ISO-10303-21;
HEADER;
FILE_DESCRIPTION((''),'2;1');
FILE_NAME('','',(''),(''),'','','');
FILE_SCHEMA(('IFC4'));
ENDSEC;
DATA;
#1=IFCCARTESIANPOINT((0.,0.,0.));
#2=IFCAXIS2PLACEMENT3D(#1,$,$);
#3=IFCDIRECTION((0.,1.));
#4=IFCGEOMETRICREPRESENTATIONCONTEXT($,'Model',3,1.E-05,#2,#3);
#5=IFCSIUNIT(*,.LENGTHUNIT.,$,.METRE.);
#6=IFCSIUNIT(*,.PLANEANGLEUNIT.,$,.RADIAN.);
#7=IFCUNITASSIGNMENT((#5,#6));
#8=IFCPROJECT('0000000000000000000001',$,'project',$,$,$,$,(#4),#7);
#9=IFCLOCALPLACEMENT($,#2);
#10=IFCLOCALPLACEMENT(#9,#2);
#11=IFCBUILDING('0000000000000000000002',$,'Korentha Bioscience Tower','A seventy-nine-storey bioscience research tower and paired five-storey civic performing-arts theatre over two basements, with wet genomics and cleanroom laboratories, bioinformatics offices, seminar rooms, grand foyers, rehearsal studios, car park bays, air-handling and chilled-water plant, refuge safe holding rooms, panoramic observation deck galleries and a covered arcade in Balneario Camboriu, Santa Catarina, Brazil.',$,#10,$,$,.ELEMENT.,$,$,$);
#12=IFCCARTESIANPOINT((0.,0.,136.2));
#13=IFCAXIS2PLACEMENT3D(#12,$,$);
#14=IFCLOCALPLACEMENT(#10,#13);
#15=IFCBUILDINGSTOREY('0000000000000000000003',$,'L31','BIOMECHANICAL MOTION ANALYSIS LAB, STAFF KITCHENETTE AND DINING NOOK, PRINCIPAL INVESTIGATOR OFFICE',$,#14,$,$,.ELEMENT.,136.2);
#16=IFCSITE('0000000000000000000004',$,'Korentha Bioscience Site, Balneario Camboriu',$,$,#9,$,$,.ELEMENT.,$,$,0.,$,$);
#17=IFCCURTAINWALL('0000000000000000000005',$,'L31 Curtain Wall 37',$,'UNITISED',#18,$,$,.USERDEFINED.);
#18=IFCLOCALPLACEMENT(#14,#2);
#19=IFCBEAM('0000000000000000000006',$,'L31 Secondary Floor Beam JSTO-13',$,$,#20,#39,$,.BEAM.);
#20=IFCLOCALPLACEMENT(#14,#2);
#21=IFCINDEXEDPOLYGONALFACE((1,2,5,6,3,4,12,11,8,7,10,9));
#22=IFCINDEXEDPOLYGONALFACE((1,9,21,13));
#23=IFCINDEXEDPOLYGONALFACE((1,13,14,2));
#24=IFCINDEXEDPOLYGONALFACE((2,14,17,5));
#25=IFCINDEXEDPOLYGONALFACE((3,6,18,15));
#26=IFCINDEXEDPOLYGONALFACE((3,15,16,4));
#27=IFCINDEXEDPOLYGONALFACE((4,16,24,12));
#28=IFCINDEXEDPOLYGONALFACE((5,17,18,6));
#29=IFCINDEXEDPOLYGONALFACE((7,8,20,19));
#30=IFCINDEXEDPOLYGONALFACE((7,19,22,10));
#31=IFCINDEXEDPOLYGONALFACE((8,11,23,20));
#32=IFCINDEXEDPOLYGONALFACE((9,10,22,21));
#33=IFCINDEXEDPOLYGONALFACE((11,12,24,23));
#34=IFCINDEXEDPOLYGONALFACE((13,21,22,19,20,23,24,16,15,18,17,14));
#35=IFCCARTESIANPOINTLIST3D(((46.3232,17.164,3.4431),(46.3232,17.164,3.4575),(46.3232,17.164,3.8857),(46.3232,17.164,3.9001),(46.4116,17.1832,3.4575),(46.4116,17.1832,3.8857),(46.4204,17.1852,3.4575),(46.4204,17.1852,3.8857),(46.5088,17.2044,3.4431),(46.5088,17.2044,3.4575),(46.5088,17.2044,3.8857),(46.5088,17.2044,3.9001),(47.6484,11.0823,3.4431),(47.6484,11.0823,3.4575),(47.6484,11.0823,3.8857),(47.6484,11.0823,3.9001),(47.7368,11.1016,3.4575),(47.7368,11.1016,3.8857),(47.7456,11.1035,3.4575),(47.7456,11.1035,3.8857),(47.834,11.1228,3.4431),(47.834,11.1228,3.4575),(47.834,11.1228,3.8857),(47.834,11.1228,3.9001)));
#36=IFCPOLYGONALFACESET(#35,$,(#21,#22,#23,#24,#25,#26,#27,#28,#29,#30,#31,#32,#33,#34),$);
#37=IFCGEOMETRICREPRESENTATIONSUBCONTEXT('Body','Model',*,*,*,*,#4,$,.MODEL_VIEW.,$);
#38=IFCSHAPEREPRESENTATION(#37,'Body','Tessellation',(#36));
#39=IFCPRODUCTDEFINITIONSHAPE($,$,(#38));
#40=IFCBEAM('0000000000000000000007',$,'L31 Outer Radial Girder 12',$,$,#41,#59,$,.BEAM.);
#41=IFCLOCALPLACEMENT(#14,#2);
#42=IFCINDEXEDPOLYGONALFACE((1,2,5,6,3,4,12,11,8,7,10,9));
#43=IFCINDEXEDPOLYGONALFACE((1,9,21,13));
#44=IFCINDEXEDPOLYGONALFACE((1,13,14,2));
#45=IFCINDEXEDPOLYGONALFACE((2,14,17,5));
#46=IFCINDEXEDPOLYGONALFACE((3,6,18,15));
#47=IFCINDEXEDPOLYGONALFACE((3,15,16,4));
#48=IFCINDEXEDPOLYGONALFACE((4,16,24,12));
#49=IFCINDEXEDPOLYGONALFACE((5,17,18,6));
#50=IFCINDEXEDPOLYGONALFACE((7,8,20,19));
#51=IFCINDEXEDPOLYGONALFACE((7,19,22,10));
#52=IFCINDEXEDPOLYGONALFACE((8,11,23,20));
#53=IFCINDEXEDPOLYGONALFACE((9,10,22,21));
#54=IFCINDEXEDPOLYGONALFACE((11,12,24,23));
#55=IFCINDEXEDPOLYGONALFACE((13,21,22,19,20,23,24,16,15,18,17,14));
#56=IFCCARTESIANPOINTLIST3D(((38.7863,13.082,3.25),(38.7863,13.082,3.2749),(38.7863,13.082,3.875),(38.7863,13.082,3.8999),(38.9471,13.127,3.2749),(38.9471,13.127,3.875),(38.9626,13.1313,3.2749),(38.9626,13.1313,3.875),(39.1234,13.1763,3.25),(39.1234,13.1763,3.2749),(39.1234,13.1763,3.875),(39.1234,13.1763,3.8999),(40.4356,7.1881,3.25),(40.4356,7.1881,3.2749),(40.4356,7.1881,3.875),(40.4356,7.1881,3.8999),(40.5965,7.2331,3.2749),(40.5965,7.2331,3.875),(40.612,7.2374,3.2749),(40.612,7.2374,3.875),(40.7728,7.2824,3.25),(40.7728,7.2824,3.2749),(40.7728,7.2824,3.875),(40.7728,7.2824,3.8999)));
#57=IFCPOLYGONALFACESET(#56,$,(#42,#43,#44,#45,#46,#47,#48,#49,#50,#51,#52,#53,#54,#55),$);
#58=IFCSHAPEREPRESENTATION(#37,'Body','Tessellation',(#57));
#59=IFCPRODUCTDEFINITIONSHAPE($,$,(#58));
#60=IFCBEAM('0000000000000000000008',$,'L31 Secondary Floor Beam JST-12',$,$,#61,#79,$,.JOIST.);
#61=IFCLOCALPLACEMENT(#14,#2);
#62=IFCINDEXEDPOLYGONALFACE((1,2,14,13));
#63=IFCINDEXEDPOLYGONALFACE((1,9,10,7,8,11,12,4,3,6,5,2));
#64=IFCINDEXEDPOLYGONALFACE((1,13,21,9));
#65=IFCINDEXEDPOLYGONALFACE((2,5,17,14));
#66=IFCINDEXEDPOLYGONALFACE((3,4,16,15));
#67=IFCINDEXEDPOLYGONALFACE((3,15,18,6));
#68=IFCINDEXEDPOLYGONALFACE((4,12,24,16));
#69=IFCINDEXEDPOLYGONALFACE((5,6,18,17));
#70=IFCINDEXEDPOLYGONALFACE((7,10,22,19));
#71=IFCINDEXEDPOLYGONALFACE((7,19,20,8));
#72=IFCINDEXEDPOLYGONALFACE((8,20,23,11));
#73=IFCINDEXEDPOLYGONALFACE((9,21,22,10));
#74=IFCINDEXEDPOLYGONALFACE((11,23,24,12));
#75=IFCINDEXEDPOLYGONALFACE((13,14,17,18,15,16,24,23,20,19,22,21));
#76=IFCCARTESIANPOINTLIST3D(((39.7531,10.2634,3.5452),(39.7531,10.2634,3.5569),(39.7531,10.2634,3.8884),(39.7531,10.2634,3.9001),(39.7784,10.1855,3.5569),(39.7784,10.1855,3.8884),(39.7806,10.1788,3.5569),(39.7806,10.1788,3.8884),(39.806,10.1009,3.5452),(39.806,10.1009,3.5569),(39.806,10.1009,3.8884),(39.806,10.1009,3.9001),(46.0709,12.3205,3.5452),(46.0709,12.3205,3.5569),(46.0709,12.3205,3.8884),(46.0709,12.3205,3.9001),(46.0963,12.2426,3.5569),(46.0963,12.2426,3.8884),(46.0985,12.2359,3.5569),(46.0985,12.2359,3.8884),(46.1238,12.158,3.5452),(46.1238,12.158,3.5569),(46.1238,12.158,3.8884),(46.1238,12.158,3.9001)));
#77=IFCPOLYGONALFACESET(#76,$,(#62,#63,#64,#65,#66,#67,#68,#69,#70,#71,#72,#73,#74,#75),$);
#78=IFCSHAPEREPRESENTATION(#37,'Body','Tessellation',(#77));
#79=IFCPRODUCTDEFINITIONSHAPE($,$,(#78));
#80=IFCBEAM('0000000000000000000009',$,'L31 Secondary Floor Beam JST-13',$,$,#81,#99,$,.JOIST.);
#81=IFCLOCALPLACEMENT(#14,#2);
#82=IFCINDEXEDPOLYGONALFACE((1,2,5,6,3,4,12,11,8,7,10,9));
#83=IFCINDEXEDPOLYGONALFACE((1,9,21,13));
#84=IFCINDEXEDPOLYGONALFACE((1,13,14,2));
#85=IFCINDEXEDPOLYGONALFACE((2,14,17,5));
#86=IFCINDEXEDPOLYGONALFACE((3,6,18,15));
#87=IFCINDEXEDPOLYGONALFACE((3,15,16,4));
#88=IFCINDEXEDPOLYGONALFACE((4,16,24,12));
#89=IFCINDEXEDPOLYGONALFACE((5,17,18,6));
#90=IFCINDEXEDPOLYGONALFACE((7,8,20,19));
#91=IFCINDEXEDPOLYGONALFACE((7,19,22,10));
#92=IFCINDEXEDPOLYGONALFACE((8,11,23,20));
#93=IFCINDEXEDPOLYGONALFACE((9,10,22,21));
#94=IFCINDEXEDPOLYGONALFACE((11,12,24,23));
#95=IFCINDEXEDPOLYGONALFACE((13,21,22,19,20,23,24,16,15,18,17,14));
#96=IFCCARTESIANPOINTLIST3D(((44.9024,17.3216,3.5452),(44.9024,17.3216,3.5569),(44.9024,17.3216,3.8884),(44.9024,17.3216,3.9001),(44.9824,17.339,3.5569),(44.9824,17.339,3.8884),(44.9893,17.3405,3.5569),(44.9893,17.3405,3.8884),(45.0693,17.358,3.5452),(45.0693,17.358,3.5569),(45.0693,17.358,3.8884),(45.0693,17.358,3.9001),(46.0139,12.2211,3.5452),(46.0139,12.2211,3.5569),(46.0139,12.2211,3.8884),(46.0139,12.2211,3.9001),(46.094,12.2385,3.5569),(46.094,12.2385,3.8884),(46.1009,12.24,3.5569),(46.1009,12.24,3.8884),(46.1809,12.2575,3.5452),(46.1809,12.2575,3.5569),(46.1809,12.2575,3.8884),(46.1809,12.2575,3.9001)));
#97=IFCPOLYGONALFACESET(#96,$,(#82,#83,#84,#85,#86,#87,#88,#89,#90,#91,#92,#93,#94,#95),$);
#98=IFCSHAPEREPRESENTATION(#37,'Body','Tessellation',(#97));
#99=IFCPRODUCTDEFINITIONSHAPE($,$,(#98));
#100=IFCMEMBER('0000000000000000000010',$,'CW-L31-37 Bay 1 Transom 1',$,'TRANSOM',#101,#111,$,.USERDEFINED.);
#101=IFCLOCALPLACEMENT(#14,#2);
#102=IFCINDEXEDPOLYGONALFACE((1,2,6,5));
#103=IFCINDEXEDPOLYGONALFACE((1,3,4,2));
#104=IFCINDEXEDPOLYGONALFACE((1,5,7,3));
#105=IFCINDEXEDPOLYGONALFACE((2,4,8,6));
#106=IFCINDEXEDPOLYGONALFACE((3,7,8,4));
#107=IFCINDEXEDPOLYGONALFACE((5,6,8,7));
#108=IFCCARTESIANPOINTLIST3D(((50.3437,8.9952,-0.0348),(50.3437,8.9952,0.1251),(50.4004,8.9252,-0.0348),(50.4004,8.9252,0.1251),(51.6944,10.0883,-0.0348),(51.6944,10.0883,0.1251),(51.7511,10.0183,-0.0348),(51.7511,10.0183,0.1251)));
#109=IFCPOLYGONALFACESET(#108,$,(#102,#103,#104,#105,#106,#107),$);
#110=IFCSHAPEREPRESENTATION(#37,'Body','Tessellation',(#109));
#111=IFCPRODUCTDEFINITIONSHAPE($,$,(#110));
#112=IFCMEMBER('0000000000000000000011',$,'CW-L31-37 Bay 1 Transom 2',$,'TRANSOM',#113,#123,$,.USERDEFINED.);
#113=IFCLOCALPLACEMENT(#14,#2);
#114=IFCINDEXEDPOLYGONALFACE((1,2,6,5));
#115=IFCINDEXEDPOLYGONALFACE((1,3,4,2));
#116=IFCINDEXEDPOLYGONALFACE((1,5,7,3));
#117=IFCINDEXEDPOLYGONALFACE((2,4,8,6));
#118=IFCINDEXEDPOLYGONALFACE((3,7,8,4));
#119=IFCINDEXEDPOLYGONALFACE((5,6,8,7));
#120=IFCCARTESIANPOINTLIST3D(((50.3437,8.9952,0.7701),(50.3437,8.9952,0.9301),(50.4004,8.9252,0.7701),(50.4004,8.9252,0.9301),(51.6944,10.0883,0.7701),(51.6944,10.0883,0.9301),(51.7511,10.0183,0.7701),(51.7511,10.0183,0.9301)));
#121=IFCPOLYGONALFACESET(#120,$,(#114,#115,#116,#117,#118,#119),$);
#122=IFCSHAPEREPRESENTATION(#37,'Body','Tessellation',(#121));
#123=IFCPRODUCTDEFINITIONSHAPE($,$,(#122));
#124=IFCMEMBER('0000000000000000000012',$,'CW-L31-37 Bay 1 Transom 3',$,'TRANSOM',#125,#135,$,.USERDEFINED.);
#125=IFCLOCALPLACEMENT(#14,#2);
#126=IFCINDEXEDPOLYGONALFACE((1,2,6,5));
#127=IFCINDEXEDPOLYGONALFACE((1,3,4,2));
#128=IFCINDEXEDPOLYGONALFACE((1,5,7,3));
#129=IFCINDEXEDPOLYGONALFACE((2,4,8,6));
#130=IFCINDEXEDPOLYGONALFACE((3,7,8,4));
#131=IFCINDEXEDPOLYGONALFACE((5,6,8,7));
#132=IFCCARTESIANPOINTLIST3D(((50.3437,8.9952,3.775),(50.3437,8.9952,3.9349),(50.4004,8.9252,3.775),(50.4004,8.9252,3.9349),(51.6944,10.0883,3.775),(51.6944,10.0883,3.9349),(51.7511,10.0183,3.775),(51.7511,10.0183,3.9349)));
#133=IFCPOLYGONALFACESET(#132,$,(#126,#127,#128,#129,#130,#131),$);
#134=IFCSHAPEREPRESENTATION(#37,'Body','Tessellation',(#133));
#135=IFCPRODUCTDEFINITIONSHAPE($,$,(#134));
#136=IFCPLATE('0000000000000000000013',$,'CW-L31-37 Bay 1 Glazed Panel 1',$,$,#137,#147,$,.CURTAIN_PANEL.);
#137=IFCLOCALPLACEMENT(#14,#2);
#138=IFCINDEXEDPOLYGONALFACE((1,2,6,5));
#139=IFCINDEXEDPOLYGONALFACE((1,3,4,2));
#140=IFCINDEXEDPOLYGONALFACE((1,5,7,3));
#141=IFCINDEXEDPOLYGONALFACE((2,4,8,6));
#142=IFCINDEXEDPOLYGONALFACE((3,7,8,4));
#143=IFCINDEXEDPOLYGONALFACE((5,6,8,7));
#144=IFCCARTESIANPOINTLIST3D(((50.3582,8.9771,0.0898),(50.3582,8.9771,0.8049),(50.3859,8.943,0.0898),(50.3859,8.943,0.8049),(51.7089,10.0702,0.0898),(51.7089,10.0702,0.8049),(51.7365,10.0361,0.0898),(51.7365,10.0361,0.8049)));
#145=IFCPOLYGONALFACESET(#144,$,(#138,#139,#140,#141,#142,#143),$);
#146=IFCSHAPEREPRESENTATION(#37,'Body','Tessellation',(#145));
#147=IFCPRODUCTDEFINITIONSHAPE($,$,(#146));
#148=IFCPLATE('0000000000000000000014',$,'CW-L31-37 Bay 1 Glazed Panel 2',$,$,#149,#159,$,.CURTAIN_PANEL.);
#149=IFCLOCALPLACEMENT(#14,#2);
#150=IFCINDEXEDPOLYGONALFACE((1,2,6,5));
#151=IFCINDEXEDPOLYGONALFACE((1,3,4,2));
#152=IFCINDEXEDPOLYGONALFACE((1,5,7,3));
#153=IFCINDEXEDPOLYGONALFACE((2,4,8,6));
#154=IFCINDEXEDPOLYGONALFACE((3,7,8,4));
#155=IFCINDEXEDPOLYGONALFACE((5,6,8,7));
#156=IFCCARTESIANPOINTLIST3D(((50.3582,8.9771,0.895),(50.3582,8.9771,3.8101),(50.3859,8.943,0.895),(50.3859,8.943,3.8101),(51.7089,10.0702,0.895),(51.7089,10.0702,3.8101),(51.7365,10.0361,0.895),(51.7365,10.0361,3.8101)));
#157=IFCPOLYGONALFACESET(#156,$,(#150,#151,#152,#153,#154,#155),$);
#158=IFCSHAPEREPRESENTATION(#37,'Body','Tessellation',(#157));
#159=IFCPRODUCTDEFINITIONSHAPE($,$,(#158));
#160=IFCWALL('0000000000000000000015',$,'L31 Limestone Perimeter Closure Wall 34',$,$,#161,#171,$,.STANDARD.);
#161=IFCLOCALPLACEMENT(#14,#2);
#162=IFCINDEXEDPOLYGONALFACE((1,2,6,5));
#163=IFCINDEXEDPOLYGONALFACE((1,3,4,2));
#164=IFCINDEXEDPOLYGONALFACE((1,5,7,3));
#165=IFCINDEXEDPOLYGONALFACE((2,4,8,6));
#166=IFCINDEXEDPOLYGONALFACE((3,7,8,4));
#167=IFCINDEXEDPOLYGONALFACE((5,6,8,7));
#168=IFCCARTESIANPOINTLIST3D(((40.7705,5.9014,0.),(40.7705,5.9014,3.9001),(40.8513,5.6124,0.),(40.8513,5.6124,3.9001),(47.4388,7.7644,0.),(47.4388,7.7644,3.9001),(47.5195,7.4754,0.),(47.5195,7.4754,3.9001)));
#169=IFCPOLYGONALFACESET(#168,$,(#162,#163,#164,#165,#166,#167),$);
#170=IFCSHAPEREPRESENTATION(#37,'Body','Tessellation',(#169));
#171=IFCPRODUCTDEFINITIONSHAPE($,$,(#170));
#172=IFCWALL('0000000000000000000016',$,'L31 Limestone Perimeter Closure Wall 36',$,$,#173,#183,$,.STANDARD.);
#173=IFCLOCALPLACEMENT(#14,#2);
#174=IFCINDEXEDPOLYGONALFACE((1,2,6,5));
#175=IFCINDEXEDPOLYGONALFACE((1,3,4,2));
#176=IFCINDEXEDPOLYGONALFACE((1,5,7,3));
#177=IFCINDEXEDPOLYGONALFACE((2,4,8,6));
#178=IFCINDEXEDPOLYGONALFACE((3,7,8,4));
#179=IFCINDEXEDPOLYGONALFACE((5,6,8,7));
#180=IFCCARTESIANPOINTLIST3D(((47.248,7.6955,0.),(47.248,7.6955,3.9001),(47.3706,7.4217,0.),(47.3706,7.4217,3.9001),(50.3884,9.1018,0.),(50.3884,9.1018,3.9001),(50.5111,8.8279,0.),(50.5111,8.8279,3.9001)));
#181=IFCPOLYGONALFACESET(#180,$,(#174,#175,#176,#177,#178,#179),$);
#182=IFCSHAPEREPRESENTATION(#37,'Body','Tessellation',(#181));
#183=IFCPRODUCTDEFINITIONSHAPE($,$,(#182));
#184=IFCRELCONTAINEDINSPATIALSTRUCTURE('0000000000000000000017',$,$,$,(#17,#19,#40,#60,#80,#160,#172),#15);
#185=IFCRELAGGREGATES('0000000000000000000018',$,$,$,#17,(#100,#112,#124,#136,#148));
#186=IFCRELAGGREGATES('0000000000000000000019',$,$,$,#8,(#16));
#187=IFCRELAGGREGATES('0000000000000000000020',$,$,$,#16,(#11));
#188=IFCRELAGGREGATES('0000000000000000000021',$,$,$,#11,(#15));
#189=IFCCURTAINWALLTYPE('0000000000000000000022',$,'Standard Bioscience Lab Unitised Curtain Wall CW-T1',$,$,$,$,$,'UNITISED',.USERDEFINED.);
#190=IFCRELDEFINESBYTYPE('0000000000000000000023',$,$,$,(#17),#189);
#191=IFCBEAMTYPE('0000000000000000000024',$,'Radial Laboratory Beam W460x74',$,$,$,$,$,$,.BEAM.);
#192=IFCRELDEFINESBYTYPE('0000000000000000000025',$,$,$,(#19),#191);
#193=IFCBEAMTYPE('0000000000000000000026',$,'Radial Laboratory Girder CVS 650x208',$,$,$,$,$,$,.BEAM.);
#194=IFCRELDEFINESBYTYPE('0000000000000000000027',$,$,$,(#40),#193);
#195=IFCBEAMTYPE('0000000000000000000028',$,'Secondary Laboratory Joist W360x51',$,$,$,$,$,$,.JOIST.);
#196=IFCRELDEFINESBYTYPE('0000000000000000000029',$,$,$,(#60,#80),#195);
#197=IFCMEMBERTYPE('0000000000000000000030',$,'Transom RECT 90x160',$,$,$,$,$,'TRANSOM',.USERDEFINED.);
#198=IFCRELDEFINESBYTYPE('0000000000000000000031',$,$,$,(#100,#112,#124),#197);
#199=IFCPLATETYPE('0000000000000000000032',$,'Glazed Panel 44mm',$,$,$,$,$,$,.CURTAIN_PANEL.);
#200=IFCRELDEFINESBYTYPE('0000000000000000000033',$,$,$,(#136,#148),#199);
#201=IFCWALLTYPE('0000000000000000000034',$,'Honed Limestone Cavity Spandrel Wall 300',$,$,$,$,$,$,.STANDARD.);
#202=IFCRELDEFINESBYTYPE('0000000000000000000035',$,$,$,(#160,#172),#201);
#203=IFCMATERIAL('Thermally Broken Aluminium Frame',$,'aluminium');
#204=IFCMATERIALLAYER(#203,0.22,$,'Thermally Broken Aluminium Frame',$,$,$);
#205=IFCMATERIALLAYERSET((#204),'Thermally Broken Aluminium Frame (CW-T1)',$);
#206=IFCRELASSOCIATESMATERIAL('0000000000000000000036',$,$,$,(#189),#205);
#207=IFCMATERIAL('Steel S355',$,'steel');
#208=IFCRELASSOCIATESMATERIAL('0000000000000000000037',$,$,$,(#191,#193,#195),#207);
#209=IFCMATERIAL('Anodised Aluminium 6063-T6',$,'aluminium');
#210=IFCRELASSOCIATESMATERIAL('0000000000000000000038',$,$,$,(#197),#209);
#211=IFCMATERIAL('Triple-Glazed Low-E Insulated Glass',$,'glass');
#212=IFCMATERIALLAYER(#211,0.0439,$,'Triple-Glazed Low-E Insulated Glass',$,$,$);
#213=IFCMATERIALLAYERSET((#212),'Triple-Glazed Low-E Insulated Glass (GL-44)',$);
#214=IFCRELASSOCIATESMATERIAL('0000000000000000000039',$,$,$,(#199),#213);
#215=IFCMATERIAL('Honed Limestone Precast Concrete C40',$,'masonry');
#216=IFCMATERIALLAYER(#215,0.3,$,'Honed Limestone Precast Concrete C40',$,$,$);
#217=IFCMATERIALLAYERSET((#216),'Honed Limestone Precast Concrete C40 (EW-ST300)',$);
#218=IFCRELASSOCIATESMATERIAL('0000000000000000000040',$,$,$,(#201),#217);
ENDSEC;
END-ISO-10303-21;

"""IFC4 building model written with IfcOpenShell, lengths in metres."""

from ifc_helpers import new_model, si_unit, direction, frame, frame_2d, origin, origin_2d, place, context, subcontext, project, spatial, rectangle, i_section, extrude, material, layer, layer_set, material_profile, profile_set, type_object, element, aggregate, save


model = new_model("IFC4")

# Units and contexts
model_context = context("Model", 3, precision=1e-05, world=origin(), true_north=direction((0.0, 1.0)))
body_context = subcontext(model_context, "Body", "Model", "MODEL_VIEW")
ifc_project = project(units=[si_unit("LENGTHUNIT", "METRE"), si_unit("PLANEANGLEUNIT", "RADIAN")], contexts=[model_context])

# Site, building, storey
site_placement = place(None, origin())
site = spatial("IfcSite", under=ifc_project, at=site_placement, Name="Korentha Bioscience Site, Balneario Camboriu", CompositionType="ELEMENT", RefElevation=0.0)
building_placement = place(site_placement, origin())
building = spatial("IfcBuilding", under=site, at=building_placement, Name="Korentha Bioscience Tower", Description="A seventy-nine-storey bioscience research tower and paired five-storey civic performing-arts theatre over two basements, with wet genomics and cleanroom laboratories, bioinformatics offices, seminar rooms, grand foyers, rehearsal studios, car park bays, air-handling and chilled-water plant, refuge safe holding rooms, panoramic observation deck galleries and a covered arcade in Balneario Camboriu, Santa Catarina, Brazil.", CompositionType="ELEMENT")
storey_placement = place(building_placement, frame((0.0, 0.0, 136.2)))
storey = spatial("IfcBuildingStorey", under=building, at=storey_placement, Name="L31", Description="BIOMECHANICAL MOTION ANALYSIS LAB, STAFF KITCHENETTE AND DINING NOOK, PRINCIPAL INVESTIGATOR OFFICE", CompositionType="ELEMENT", Elevation=136.2)

# Shared definitions
ifc_material_1 = material(Name="Steel S355", Category="steel")

# Curtain wall
ifc_material_2 = material(Name="Thermally Broken Aluminium Frame", Category="aluminium")
ifc_layer_1 = layer(ifc_material_2, 0.22, Name="Thermally Broken Aluminium Frame")
ifc_layer_set_1 = layer_set([ifc_layer_1], Name="Thermally Broken Aluminium Frame (CW-T1)")
curtain_wall_type = type_object("IfcCurtainWallType", Name="Standard Bioscience Lab Unitised Curtain Wall CW-T1", ElementType="UNITISED", PredefinedType="USERDEFINED", material=ifc_layer_set_1)
curtain_wall_placement = place(storey_placement, origin())
curtain_wall = element("IfcCurtainWall", 1, at=curtain_wall_placement, inside=storey, type_object=curtain_wall_type, Name="L31 Curtain Wall 37", ObjectType="UNITISED", PredefinedType="USERDEFINED")
ifc_material_3 = material(Name="Anodised Aluminium 6063-T6", Category="aluminium")

# Beams
ifc_material_profile_1 = material_profile(ifc_material_1, i_section(OverallWidth=0.1899, OverallDepth=0.457, WebThickness=0.009, FlangeThickness=0.0144, at=origin_2d()), Name="Steel S355")
ifc_profile_set_1 = profile_set([ifc_material_profile_1], Name="Steel S355 (RB-460)")
beam_type_1 = type_object("IfcBeamType", Name="Radial Laboratory Beam W460x74", PredefinedType="BEAM", material=ifc_profile_set_1)
beam_1_placement = place(storey_placement, frame((47.7412, 11.1025, 3.6716), z_axis=(-0.212908, 0.977072, 0.0), x_axis=(-0.977072, -0.212908, 0.0)))
element("IfcBeam", 2, at=beam_1_placement, inside=storey, type_object=beam_type_1, Name="L31 Secondary Floor Beam JSTO-13", PredefinedType="BEAM", context=body_context, shape_type="SweptSolid", body=[
    extrude(i_section(OverallWidth=0.1899, OverallDepth=0.457, WebThickness=0.009, FlangeThickness=0.0144, at=origin_2d()), origin(), (0.0, 0.0, 1.0), 6.2244),
])
ifc_material_profile_2 = material_profile(ifc_material_1, i_section(OverallWidth=0.3501, OverallDepth=0.6499, WebThickness=0.0161, FlangeThickness=0.0249, at=origin_2d()), Name="Steel S355")
ifc_profile_set_2 = profile_set([ifc_material_profile_2], Name="Steel S355 (RB-650)")
beam_type_2 = type_object("IfcBeamType", Name="Radial Laboratory Girder CVS 650x208", PredefinedType="BEAM", material=ifc_profile_set_2)
beam_2_placement = place(storey_placement, frame((38.9548, 13.1292, 3.575), z_axis=(0.269491, -0.963003, 0.0), x_axis=(0.963003, 0.269491, 0.0)))
element("IfcBeam", 3, at=beam_2_placement, inside=storey, type_object=beam_type_2, Name="L31 Outer Radial Girder 12", PredefinedType="BEAM", context=body_context, shape_type="SweptSolid", body=[
    extrude(i_section(OverallWidth=0.3501, OverallDepth=0.6499, WebThickness=0.0161, FlangeThickness=0.0249, at=origin_2d()), origin(), (0.0, 0.0, 1.0), 6.1204),
])
ifc_material_profile_3 = material_profile(ifc_material_1, i_section(OverallWidth=0.1709, OverallDepth=0.355, WebThickness=0.0071, FlangeThickness=0.0117, at=origin_2d()), Name="Steel S355")
ifc_profile_set_3 = profile_set([ifc_material_profile_3], Name="Steel S355 (JB-360)")
beam_type_3 = type_object("IfcBeamType", Name="Secondary Laboratory Joist W360x51", PredefinedType="JOIST", material=ifc_profile_set_3)
beam_3_placement = place(storey_placement, frame((39.7795, 10.1821, 3.7227), z_axis=(0.950865, 0.309606, 0.0), x_axis=(-0.309606, 0.950865, 0.0)))
element("IfcBeam", 4, at=beam_3_placement, inside=storey, type_object=beam_type_3, Name="L31 Secondary Floor Beam JST-12", PredefinedType="JOIST", context=body_context, shape_type="SweptSolid", body=[
    extrude(i_section(OverallWidth=0.1709, OverallDepth=0.355, WebThickness=0.0071, FlangeThickness=0.0117, at=origin_2d()), origin(), (0.0, 0.0, 1.0), 6.6443),
])
beam_4_placement = place(storey_placement, frame((46.0974, 12.2393, 3.7227), z_axis=(-0.212932, 0.977067, 0.0), x_axis=(-0.977067, -0.212932, 0.0)))
element("IfcBeam", 5, at=beam_4_placement, inside=storey, type_object=beam_type_3, Name="L31 Secondary Floor Beam JST-13", PredefinedType="JOIST", context=body_context, shape_type="SweptSolid", body=[
    extrude(i_section(OverallWidth=0.1709, OverallDepth=0.355, WebThickness=0.0071, FlangeThickness=0.0117, at=origin_2d()), origin(), (0.0, 0.0, 1.0), 5.2202),
])

# Members
ifc_material_profile_4 = material_profile(ifc_material_3, rectangle(XDim=0.0901, YDim=0.1599, at=origin_2d()), Name="Anodised Aluminium 6063-T6")
ifc_profile_set_4 = profile_set([ifc_material_profile_4], Name="Anodised Aluminium 6063-T6 (CW-TRN)")
member_type_1 = type_object("IfcMemberType", Name="Transom RECT 90x160", ElementType="TRANSOM", PredefinedType="USERDEFINED", material=ifc_profile_set_4)
member_1_placement = place(storey_placement, frame((50.3721, 8.9602, 0.0452), z_axis=(0.777333, 0.629089, 0.0), x_axis=(-0.629089, 0.777333, 0.0)))
member_1 = element("IfcMember", 6, at=member_1_placement, type_object=member_type_1, Name="CW-L31-37 Bay 1 Transom 1", ObjectType="TRANSOM", PredefinedType="USERDEFINED", context=body_context, shape_type="SweptSolid", body=[
    extrude(rectangle(XDim=0.0901, YDim=0.1599, at=origin_2d()), origin(), (0.0, 0.0, 1.0), 1.7375),
])
member_2_placement = place(storey_placement, frame((50.3721, 8.9602, 0.8501), z_axis=(0.777333, 0.629089, 0.0), x_axis=(-0.629089, 0.777333, 0.0)))
member_2 = element("IfcMember", 7, at=member_2_placement, type_object=member_type_1, Name="CW-L31-37 Bay 1 Transom 2", ObjectType="TRANSOM", PredefinedType="USERDEFINED", context=body_context, shape_type="SweptSolid", body=[
    extrude(rectangle(XDim=0.0901, YDim=0.1599, at=origin_2d()), origin(), (0.0, 0.0, 1.0), 1.7375),
])
member_3_placement = place(storey_placement, frame((50.3721, 8.9602, 3.855), z_axis=(0.777333, 0.629089, 0.0), x_axis=(-0.629089, 0.777333, 0.0)))
member_3 = element("IfcMember", 8, at=member_3_placement, type_object=member_type_1, Name="CW-L31-37 Bay 1 Transom 3", ObjectType="TRANSOM", PredefinedType="USERDEFINED", context=body_context, shape_type="SweptSolid", body=[
    extrude(rectangle(XDim=0.0901, YDim=0.1599, at=origin_2d()), origin(), (0.0, 0.0, 1.0), 1.7375),
])

# Plates
ifc_material_4 = material(Name="Triple-Glazed Low-E Insulated Glass", Category="glass")
ifc_layer_2 = layer(ifc_material_4, 0.0439, Name="Triple-Glazed Low-E Insulated Glass")
ifc_layer_set_2 = layer_set([ifc_layer_2], Name="Triple-Glazed Low-E Insulated Glass (GL-44)")
plate_type = type_object("IfcPlateType", Name="Glazed Panel 44mm", PredefinedType="CURTAIN_PANEL", material=ifc_layer_set_2)
plate_1_placement = place(storey_placement, frame((51.0474, 9.5066, 0.0898), z_axis=(0.0, 0.0, 1.0), x_axis=(0.777315, 0.629111, 0.0)))
plate_1 = element("IfcPlate", 9, at=plate_1_placement, type_object=plate_type, Name="CW-L31-37 Bay 1 Glazed Panel 1", PredefinedType="CURTAIN_PANEL", context=body_context, shape_type="SweptSolid", body=[
    extrude(rectangle(XDim=1.7375, YDim=0.0439, at=origin_2d()), origin(), (0.0, 0.0, 1.0), 0.7151),
])
plate_2_placement = place(storey_placement, frame((51.0474, 9.5066, 0.895), z_axis=(0.0, 0.0, 1.0), x_axis=(0.777315, 0.629111, 0.0)))
plate_2 = element("IfcPlate", 10, at=plate_2_placement, type_object=plate_type, Name="CW-L31-37 Bay 1 Glazed Panel 2", PredefinedType="CURTAIN_PANEL", context=body_context, shape_type="SweptSolid", body=[
    extrude(rectangle(XDim=1.7375, YDim=0.0439, at=origin_2d()), origin(), (0.0, 0.0, 1.0), 2.915),
])
aggregate(curtain_wall, [member_1, member_2, member_3, plate_1, plate_2])

# Walls
ifc_material_5 = material(Name="Honed Limestone Precast Concrete C40", Category="masonry")
ifc_layer_3 = layer(ifc_material_5, 0.3, Name="Honed Limestone Precast Concrete C40")
ifc_layer_set_3 = layer_set([ifc_layer_3], Name="Honed Limestone Precast Concrete C40 (EW-ST300)")
wall_type = type_object("IfcWallType", Name="Honed Limestone Cavity Spandrel Wall 300", PredefinedType="STANDARD", material=ifc_layer_set_3)
wall_1_placement = place(storey_placement, frame((40.8108, 5.7568, 0.0), z_axis=(0.0, 0.0, 1.0), x_axis=(0.963116, 0.269086, 0.0)))
element("IfcWall", 11, at=wall_1_placement, inside=storey, type_object=wall_type, Name="L31 Limestone Perimeter Closure Wall 34", PredefinedType="STANDARD", context=body_context, shape_type="SweptSolid", body=[
    extrude(rectangle(XDim=6.9236, YDim=0.3, at=frame_2d((3.4619, 0.0))), origin(), (0.0, 0.0, 1.0), 3.9001),
])
wall_2_placement = place(storey_placement, frame((47.3093, 7.5586, 0.0), z_axis=(0.0, 0.0, 1.0), x_axis=(0.912673, 0.408691, 0.0)))
element("IfcWall", 12, at=wall_2_placement, inside=storey, type_object=wall_type, Name="L31 Limestone Perimeter Closure Wall 36", PredefinedType="STANDARD", context=body_context, shape_type="SweptSolid", body=[
    extrude(rectangle(XDim=3.4409, YDim=0.3, at=frame_2d((1.7205, 0.0))), origin(), (0.0, 0.0, 1.0), 3.9001),
])

save(model, "model.ifc")
